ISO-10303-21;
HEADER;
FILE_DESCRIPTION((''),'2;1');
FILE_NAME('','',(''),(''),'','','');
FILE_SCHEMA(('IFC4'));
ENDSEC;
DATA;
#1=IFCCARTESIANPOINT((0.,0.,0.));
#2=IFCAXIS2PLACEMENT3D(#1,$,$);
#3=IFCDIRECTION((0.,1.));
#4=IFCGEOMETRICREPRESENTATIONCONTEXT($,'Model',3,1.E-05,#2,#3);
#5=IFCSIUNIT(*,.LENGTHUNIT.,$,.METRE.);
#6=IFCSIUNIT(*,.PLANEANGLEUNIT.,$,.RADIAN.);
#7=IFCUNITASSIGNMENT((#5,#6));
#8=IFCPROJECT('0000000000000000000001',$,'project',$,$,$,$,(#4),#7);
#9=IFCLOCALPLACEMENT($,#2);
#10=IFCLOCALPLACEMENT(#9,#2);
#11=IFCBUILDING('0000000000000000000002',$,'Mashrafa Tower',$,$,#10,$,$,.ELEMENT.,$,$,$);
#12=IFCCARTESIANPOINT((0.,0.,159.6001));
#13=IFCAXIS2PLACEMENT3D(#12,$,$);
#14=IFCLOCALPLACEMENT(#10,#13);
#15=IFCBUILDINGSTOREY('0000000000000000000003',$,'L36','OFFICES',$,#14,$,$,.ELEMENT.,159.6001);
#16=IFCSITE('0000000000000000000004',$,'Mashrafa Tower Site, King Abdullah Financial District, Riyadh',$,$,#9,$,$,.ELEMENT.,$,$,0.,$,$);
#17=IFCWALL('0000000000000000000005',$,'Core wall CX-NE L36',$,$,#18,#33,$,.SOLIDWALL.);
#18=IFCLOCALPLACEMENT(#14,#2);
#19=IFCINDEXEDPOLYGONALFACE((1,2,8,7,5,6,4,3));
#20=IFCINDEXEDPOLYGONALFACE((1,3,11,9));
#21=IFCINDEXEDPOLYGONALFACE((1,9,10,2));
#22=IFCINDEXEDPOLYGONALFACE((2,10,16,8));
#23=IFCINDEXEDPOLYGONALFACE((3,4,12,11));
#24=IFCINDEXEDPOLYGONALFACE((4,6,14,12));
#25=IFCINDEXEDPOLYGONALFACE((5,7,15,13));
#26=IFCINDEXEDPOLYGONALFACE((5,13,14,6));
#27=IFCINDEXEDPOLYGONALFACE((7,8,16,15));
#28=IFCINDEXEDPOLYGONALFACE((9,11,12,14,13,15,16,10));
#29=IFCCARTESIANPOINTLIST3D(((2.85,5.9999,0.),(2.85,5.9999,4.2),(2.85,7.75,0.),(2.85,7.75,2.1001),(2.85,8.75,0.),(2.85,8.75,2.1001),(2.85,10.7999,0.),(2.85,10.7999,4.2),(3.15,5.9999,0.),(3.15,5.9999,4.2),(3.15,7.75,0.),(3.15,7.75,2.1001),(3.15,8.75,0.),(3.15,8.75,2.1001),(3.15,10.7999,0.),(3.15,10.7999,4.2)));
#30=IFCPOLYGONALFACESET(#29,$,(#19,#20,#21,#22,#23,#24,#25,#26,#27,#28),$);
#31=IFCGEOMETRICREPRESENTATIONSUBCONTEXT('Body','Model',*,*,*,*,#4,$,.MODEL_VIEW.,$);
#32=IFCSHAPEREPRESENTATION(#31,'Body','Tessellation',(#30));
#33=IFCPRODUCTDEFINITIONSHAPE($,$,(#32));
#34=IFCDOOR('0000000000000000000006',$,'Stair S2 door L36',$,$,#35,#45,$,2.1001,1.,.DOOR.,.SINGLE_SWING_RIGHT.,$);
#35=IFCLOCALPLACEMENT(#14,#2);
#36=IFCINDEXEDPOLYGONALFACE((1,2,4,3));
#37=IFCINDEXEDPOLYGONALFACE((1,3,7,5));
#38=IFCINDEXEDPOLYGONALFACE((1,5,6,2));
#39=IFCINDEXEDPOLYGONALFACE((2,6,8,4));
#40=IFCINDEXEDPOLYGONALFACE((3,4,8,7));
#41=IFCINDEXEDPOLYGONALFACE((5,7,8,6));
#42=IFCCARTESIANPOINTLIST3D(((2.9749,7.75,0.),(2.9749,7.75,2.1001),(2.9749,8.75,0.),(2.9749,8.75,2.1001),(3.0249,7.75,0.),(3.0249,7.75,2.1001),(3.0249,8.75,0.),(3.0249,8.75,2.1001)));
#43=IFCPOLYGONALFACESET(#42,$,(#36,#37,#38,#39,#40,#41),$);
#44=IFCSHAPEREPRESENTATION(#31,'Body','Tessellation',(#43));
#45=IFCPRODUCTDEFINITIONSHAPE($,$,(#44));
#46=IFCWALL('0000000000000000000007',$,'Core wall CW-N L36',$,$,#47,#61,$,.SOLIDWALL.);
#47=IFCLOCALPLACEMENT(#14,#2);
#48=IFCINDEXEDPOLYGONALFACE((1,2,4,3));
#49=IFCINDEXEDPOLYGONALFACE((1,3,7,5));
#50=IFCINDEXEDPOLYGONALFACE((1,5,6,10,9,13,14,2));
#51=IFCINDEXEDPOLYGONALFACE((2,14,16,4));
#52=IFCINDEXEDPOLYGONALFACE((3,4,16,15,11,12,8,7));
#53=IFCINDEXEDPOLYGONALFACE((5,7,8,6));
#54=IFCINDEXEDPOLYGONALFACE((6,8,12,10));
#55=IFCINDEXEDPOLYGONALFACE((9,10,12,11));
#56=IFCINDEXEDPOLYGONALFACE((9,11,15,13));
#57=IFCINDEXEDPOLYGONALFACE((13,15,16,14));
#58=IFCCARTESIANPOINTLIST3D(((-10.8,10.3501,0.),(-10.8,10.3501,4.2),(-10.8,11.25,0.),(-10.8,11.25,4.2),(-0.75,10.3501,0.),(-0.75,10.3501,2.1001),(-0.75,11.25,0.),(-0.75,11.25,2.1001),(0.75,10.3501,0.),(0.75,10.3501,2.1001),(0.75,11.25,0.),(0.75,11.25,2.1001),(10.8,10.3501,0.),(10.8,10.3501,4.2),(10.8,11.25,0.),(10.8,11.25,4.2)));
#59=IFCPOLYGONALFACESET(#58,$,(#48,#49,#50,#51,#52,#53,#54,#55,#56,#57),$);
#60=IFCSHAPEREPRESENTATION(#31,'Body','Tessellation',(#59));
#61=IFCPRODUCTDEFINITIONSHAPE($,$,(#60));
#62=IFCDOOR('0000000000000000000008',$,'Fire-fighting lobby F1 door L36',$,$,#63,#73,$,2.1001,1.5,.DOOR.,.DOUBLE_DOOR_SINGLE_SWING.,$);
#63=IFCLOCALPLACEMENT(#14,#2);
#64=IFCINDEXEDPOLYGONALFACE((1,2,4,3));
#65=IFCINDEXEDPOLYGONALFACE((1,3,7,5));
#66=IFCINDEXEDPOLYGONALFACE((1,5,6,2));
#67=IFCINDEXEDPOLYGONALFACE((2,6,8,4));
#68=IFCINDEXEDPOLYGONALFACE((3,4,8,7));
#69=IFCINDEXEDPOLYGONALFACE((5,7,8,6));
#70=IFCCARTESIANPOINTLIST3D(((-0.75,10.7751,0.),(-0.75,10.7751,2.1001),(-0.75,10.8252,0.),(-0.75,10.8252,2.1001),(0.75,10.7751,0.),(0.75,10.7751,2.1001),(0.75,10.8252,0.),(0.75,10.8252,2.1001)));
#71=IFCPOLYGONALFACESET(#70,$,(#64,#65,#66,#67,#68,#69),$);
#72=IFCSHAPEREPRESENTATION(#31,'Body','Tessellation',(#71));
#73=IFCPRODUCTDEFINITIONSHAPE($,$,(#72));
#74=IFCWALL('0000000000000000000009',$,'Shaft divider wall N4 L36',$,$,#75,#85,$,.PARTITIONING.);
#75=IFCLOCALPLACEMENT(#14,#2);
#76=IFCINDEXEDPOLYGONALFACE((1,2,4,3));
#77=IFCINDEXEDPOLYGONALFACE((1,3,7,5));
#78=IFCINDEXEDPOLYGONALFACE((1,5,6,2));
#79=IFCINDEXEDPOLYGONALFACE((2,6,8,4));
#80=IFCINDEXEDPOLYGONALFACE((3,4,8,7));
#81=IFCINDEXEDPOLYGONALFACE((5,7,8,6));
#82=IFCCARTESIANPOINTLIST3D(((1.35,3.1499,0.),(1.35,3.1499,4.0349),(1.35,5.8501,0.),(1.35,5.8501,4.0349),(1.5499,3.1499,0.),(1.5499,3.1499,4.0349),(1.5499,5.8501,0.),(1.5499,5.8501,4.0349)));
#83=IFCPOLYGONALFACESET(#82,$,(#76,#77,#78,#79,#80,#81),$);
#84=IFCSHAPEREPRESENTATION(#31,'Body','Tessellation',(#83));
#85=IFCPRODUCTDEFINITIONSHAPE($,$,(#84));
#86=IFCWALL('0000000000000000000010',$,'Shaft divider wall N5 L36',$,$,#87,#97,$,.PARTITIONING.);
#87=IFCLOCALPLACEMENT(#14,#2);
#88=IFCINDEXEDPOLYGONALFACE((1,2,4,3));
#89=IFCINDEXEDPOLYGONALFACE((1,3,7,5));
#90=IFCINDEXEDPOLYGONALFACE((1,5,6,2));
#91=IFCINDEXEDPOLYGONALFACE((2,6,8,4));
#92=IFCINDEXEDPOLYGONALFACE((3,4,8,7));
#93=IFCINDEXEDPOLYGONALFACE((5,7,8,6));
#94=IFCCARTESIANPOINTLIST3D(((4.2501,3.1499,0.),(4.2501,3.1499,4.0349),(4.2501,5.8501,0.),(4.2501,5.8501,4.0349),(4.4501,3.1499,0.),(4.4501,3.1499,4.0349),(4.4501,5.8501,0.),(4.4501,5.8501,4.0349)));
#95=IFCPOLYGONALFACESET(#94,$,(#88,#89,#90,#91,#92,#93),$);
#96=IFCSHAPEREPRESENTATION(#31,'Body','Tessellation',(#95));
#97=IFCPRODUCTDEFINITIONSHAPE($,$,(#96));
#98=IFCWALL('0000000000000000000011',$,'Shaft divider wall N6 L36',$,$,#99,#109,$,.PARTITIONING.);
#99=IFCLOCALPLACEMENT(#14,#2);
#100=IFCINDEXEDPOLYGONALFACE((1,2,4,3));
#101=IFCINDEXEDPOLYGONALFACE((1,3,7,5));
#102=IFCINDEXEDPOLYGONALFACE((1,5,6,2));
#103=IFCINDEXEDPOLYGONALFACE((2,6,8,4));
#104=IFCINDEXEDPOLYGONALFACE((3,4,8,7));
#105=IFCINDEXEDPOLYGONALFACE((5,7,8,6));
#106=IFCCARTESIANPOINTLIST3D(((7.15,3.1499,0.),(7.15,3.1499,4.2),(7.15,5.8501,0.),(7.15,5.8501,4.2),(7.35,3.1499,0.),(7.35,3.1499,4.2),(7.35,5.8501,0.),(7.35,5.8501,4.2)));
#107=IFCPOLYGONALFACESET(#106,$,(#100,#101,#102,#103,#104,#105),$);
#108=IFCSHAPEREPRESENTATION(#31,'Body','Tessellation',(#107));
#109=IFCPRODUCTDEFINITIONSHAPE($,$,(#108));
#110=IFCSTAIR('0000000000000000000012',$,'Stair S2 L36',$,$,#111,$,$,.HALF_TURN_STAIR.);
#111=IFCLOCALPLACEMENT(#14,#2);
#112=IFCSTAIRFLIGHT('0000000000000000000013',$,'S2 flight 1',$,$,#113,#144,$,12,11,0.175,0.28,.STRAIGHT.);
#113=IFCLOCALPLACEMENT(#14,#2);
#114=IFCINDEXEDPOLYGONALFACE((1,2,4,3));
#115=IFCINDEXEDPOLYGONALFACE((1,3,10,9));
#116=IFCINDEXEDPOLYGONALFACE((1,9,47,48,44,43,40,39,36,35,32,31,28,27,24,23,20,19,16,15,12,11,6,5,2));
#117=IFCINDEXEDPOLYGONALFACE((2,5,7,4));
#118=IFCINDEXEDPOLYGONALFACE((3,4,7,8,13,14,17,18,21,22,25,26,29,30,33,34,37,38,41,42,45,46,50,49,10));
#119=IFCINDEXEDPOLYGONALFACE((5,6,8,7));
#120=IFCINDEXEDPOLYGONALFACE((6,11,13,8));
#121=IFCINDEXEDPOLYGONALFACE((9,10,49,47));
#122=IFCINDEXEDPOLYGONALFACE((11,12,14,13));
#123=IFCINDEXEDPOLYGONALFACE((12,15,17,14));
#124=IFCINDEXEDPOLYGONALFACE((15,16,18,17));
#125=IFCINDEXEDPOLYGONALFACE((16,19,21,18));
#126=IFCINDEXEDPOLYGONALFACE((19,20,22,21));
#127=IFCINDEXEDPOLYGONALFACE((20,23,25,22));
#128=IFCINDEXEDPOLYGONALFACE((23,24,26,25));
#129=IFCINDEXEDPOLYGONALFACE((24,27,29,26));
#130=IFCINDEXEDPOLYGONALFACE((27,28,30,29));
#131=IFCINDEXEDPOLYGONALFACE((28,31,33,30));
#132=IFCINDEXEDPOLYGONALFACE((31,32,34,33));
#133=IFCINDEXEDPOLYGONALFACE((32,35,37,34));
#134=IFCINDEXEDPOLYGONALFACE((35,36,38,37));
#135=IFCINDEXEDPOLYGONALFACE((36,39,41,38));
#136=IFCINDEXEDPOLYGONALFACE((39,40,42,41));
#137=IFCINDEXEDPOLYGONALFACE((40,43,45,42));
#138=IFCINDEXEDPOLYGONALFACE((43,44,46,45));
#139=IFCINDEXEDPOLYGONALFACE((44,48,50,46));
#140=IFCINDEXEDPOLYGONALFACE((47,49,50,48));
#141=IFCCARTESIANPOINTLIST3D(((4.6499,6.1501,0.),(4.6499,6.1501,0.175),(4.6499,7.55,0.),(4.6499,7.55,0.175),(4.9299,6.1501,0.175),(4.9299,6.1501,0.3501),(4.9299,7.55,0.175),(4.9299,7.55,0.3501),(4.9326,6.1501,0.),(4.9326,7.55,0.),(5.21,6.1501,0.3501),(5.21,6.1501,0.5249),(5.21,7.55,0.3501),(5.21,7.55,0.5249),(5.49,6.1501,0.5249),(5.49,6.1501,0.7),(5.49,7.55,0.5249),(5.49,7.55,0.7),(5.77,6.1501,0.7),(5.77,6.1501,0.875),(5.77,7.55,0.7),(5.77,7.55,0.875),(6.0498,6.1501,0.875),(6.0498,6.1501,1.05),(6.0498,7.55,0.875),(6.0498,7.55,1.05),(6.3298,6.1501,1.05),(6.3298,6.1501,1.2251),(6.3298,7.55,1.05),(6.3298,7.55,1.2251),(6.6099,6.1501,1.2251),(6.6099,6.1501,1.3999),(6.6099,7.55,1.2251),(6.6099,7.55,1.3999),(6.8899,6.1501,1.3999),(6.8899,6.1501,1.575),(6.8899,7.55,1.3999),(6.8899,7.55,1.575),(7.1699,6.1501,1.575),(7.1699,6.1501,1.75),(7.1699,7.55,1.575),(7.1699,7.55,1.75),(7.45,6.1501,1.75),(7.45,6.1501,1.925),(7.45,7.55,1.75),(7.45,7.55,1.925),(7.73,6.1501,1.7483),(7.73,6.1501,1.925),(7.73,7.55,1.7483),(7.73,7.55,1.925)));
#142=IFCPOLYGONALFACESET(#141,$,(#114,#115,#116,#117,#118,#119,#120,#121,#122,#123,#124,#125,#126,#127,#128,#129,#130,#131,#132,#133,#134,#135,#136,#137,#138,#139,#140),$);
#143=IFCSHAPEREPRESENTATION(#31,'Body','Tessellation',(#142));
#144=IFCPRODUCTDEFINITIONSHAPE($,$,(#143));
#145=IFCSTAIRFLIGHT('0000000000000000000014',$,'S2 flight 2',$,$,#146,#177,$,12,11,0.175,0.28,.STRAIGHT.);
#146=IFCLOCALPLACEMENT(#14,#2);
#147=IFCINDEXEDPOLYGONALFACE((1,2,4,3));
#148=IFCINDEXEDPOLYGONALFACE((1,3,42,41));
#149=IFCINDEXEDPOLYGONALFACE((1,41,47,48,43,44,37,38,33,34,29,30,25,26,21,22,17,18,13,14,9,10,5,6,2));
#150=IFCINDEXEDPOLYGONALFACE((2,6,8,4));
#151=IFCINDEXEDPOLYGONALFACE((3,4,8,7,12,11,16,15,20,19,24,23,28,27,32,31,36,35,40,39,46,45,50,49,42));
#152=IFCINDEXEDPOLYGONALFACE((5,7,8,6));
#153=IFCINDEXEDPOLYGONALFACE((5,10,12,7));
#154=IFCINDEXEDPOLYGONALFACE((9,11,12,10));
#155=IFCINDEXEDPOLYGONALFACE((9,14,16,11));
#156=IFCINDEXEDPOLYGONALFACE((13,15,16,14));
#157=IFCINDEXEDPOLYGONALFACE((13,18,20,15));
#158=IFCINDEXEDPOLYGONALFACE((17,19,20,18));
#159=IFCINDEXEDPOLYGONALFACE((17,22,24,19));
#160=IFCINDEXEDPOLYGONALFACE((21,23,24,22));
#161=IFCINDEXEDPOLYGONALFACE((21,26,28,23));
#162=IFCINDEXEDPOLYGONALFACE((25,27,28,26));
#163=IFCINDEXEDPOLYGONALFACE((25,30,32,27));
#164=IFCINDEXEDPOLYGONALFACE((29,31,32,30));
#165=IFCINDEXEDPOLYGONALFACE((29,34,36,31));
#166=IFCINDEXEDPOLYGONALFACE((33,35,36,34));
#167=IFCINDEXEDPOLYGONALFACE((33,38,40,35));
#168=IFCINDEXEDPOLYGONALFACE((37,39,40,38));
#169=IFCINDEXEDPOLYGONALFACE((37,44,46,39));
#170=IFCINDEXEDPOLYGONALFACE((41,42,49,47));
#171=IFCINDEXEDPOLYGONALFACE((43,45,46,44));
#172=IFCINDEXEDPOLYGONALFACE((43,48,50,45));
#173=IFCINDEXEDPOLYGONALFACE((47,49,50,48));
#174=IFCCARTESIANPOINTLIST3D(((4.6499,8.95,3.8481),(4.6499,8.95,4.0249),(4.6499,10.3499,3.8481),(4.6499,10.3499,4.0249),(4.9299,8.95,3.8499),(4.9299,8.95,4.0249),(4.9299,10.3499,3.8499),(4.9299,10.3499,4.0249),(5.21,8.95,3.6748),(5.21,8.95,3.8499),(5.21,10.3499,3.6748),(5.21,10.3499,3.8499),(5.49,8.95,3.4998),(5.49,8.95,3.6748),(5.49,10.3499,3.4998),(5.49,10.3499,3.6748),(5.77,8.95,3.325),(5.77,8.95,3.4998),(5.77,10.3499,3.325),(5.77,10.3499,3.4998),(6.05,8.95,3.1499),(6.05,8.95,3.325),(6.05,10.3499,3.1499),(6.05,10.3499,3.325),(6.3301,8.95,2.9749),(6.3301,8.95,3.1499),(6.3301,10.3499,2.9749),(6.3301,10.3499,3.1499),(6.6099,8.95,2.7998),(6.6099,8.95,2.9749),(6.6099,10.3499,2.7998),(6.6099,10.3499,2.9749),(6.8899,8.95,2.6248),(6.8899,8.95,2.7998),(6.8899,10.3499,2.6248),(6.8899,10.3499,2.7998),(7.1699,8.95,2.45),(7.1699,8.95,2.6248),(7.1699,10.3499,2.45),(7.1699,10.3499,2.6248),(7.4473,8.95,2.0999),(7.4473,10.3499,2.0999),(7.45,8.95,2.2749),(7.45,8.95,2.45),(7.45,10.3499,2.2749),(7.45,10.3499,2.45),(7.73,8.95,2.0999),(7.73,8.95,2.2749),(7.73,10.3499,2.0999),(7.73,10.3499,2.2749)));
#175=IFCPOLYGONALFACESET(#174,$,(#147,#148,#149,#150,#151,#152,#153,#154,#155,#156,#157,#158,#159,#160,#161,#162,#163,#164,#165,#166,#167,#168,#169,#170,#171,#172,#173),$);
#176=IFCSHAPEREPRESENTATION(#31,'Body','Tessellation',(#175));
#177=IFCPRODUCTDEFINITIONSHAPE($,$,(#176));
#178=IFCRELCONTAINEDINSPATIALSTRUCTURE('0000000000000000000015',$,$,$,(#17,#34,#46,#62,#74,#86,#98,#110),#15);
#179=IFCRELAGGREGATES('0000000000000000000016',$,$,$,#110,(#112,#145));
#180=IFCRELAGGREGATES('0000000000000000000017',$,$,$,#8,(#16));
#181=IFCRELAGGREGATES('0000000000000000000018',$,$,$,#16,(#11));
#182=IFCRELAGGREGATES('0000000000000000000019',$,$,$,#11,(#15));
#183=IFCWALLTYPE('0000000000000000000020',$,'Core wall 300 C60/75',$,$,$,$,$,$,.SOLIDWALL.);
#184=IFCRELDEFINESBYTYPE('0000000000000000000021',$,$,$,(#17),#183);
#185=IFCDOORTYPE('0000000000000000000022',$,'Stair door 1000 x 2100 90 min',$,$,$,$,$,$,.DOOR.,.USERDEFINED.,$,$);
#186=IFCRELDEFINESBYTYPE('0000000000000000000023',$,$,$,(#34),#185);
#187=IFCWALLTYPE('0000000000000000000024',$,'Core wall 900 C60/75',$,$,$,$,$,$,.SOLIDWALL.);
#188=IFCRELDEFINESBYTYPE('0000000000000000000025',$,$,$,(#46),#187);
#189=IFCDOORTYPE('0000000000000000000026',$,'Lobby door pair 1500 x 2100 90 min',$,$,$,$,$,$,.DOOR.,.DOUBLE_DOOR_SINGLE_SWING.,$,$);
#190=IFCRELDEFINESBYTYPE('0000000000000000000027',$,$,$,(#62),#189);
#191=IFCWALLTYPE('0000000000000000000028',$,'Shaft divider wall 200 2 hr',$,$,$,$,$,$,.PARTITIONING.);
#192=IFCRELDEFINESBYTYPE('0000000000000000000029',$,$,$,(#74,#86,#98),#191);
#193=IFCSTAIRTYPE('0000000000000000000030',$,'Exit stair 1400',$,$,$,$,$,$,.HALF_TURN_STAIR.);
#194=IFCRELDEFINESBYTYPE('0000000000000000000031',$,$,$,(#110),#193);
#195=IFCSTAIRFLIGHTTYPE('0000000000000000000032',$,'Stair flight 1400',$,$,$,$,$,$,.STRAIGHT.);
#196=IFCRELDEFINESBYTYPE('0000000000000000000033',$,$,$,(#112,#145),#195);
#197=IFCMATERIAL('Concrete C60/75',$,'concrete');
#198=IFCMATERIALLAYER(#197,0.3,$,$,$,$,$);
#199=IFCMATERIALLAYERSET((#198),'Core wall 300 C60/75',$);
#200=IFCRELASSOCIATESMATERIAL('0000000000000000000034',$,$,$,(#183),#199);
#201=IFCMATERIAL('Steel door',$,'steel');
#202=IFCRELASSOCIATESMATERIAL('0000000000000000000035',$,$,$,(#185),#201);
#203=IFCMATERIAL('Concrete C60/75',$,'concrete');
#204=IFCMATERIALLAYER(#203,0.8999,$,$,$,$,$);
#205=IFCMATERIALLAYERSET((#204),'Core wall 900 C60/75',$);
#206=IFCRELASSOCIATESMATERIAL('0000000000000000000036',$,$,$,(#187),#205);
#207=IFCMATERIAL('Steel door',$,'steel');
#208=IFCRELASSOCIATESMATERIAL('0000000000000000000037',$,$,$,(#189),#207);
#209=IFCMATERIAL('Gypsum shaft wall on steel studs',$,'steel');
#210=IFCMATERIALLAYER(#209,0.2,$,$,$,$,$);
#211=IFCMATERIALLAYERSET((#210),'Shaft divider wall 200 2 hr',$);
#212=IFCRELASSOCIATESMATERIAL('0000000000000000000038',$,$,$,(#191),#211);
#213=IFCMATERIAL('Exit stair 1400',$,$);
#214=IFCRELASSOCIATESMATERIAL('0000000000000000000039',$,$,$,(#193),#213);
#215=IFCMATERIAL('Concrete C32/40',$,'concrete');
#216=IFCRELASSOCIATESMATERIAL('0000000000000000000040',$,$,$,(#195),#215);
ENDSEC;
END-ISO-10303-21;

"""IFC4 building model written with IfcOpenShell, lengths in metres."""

from ifc_helpers import new_model, si_unit, direction, frame, frame_2d, origin, place, context, subcontext, project, spatial, polyline, rectangle, outline, extrude, material, layer, layer_set, type_object, element, fill, aggregate, save


model = new_model("IFC4")

# Units and contexts
model_context = context("Model", 3, precision=1e-05, world=origin(), true_north=direction((0.0, 1.0)))
body_context = subcontext(model_context, "Body", "Model", "MODEL_VIEW")
ifc_project = project(units=[si_unit("LENGTHUNIT", "METRE"), si_unit("PLANEANGLEUNIT", "RADIAN")], contexts=[model_context])

# Site, building, storey
site_placement = place(None, origin())
site = spatial("IfcSite", under=ifc_project, at=site_placement, Name="Mashrafa Tower Site, King Abdullah Financial District, Riyadh", CompositionType="ELEMENT", RefElevation=0.0)
building_placement = place(site_placement, origin())
building = spatial("IfcBuilding", under=site, at=building_placement, Name="Mashrafa Tower", CompositionType="ELEMENT")
storey_placement = place(building_placement, frame((0.0, 0.0, 159.6001)))
storey = spatial("IfcBuildingStorey", under=building, at=storey_placement, Name="L36", Description="OFFICES", CompositionType="ELEMENT", Elevation=159.6001)

# Walls, openings, doors
ifc_material_1 = material(Name="Concrete C60/75", Category="concrete")
ifc_layer_1 = layer(ifc_material_1, 0.3)
ifc_layer_set_1 = layer_set([ifc_layer_1], Name="Core wall 300 C60/75")
wall_type_1 = type_object("IfcWallType", Name="Core wall 300 C60/75", PredefinedType="SOLIDWALL", material=ifc_layer_set_1)
wall_1_placement = place(storey_placement, frame((3.0, 6.0, 0.0), z_axis=(0.0, 0.0, 1.0), x_axis=(0.0, 1.0, 0.0)))
wall_1 = element("IfcWall", 1, at=wall_1_placement, inside=storey, type_object=wall_type_1, Name="Core wall CX-NE L36", PredefinedType="SOLIDWALL", context=body_context, shape_type="SweptSolid", body=[
    extrude(rectangle(XDim=4.8, YDim=0.3, at=frame_2d((2.3999, 0.0))), origin(), (0.0, 0.0, 1.0), 4.2),
])
opening_1_placement = place(wall_1_placement, frame((1.75, 0.0, 0.0)))
opening_1 = element("IfcOpeningElement", 2, at=opening_1_placement, cuts=wall_1, PredefinedType="OPENING", context=body_context, shape_type="SweptSolid", body=[
    extrude(rectangle(XDim=1.0, YDim=2.1001, at=frame_2d((0.5, 1.05))), frame((0.0, 0.1599, 0.0), z_axis=(0.0, -1.0, 0.0), x_axis=(1.0, 0.0, 0.0)), (0.0, 0.0, 1.0), 0.3201),
])
ifc_material_2 = material(Name="Steel door", Category="steel")
door_type_1 = type_object("IfcDoorType", Name="Stair door 1000 x 2100 90 min", OperationType="USERDEFINED", PredefinedType="DOOR", material=ifc_material_2)
door_1_placement = place(opening_1_placement, frame((1.0, 0.0, 0.0), z_axis=(0.0, 0.0, 1.0), x_axis=(-1.0, 0.0, 0.0)))
door_1 = element("IfcDoor", 3, at=door_1_placement, inside=storey, type_object=door_type_1, Name="Stair S2 door L36", OperationType="SINGLE_SWING_RIGHT", OverallHeight=2.1001, OverallWidth=1.0, PredefinedType="DOOR", context=body_context, shape_type="SweptSolid", body=[
    extrude(rectangle(XDim=1.0, YDim=2.1001, at=frame_2d((0.5, 1.05))), frame((0.0, 0.0249, 0.0), z_axis=(0.0, -1.0, 0.0), x_axis=(1.0, 0.0, 0.0)), (0.0, 0.0, 1.0), 0.05),
])
fill(opening_1, door_1)
ifc_material_3 = material(Name="Concrete C60/75", Category="concrete")
ifc_layer_2 = layer(ifc_material_3, 0.8999)
ifc_layer_set_2 = layer_set([ifc_layer_2], Name="Core wall 900 C60/75")
wall_type_2 = type_object("IfcWallType", Name="Core wall 900 C60/75", PredefinedType="SOLIDWALL", material=ifc_layer_set_2)
wall_2_placement = place(storey_placement, frame((10.8, 10.8, 0.0), z_axis=(0.0, 0.0, 1.0), x_axis=(-1.0, 0.0, 0.0)))
wall_2 = element("IfcWall", 4, at=wall_2_placement, inside=storey, type_object=wall_type_2, Name="Core wall CW-N L36", PredefinedType="SOLIDWALL", context=body_context, shape_type="SweptSolid", body=[
    extrude(rectangle(XDim=21.6001, YDim=0.8999, at=frame_2d((10.8, 0.0))), origin(), (0.0, 0.0, 1.0), 4.2),
])
opening_2_placement = place(wall_2_placement, frame((10.05, 0.0, 0.0)))
opening_2 = element("IfcOpeningElement", 5, at=opening_2_placement, cuts=wall_2, PredefinedType="OPENING", context=body_context, shape_type="SweptSolid", body=[
    extrude(rectangle(XDim=1.5, YDim=2.1001, at=frame_2d((0.75, 1.05))), frame((0.0, 0.46, 0.0), z_axis=(0.0, -1.0, 0.0), x_axis=(1.0, 0.0, 0.0)), (0.0, 0.0, 1.0), 0.9199),
])
ifc_material_4 = material(Name="Steel door", Category="steel")
door_type_2 = type_object("IfcDoorType", Name="Lobby door pair 1500 x 2100 90 min", OperationType="DOUBLE_DOOR_SINGLE_SWING", PredefinedType="DOOR", material=ifc_material_4)
door_2_placement = place(opening_2_placement, origin())
door_2 = element("IfcDoor", 6, at=door_2_placement, inside=storey, type_object=door_type_2, Name="Fire-fighting lobby F1 door L36", OperationType="DOUBLE_DOOR_SINGLE_SWING", OverallHeight=2.1001, OverallWidth=1.5, PredefinedType="DOOR", context=body_context, shape_type="SweptSolid", body=[
    extrude(rectangle(XDim=1.5, YDim=2.1001, at=frame_2d((0.75, 1.05))), frame((0.0, 0.0249, 0.0), z_axis=(0.0, -1.0, 0.0), x_axis=(1.0, 0.0, 0.0)), (0.0, 0.0, 1.0), 0.05),
])
fill(opening_2, door_2)

# Walls
ifc_material_5 = material(Name="Gypsum shaft wall on steel studs", Category="steel")
ifc_layer_3 = layer(ifc_material_5, 0.2)
ifc_layer_set_3 = layer_set([ifc_layer_3], Name="Shaft divider wall 200 2 hr")
wall_type_3 = type_object("IfcWallType", Name="Shaft divider wall 200 2 hr", PredefinedType="PARTITIONING", material=ifc_layer_set_3)
for number, where, z_axis, x_axis, name in (
    (7, (1.45, 3.1499, 0.0), (0.0, 0.0, 1.0), (0.0, 1.0, 0.0), "Shaft divider wall N4 L36"),
    (8, (4.3501, 3.1499, 0.0), (0.0, 0.0, 1.0), (0.0, 1.0, 0.0), "Shaft divider wall N5 L36"),
):
    element("IfcWall", number, at=place(storey_placement, frame(where, z_axis=z_axis, x_axis=x_axis)), inside=storey, type_object=wall_type_3, Name=name, PredefinedType="PARTITIONING", context=body_context, shape_type="SweptSolid", body=[
        extrude(rectangle(XDim=2.7002, YDim=0.2, at=frame_2d((1.3501, 0.0))), origin(), (0.0, 0.0, 1.0), 4.0349),
    ])
wall_3_placement = place(storey_placement, frame((7.25, 3.1499, 0.0), z_axis=(0.0, 0.0, 1.0), x_axis=(0.0, 1.0, 0.0)))
element("IfcWall", 9, at=wall_3_placement, inside=storey, type_object=wall_type_3, Name="Shaft divider wall N6 L36", PredefinedType="PARTITIONING", context=body_context, shape_type="SweptSolid", body=[
    extrude(rectangle(XDim=2.7002, YDim=0.2, at=frame_2d((1.3501, 0.0))), origin(), (0.0, 0.0, 1.0), 4.2),
])

# Stair, stair flights
ifc_material_6 = material(Name="Exit stair 1400")
stair_type = type_object("IfcStairType", Name="Exit stair 1400", PredefinedType="HALF_TURN_STAIR", material=ifc_material_6)
stair_placement = place(storey_placement, origin())
stair = element("IfcStair", 10, at=stair_placement, inside=storey, type_object=stair_type, Name="Stair S2 L36", PredefinedType="HALF_TURN_STAIR")
ifc_material_7 = material(Name="Concrete C32/40", Category="concrete")
stair_flight_type = type_object("IfcStairFlightType", Name="Stair flight 1400", PredefinedType="STRAIGHT", material=ifc_material_7)
stair_flight_1_placement = place(storey_placement, frame((4.6499, 6.8501, 0.0), z_axis=(0.0, 0.0, 1.0), x_axis=(1.0, 0.0, 0.0)))
stair_flight_1 = element("IfcStairFlight", 11, at=stair_flight_1_placement, type_object=stair_flight_type, Name="S2 flight 1", NumberOfRisers=12, NumberOfTreads=11, PredefinedType="STRAIGHT", RiserHeight=0.175, TreadLength=0.28, context=body_context, shape_type="SweptSolid", body=[
    extrude(outline(polyline([(0.0, 0.0), (0.0, 0.175), (0.28, 0.175), (0.28, 0.3501), (0.5601, 0.3501), (0.5601, 0.5249), (0.8401, 0.5249), (0.8401, 0.7), (1.1201, 0.7), (1.1201, 0.875), (1.3999, 0.875), (1.3999, 1.05), (1.6799, 1.05), (1.6799, 1.2251), (1.96, 1.2251), (1.96, 1.3999), (2.24, 1.3999), (2.24, 1.575), (2.52, 1.575), (2.52, 1.75), (2.8, 1.75), (2.8, 1.925), (3.0801, 1.925), (3.0801, 2.1001), (3.0801, 1.7483), (0.2827, 0.0), (0.0, 0.0)])), frame((0.0, 0.7, 0.0), z_axis=(0.0, -1.0, 0.0), x_axis=(1.0, 0.0, 0.0)), (0.0, 0.0, 1.0), 1.3999),
])
stair_flight_2_placement = place(storey_placement, frame((7.73, 9.6499, 2.0999), z_axis=(0.0, 0.0, 1.0), x_axis=(-1.0, 0.0, 0.0)))
stair_flight_2 = element("IfcStairFlight", 12, at=stair_flight_2_placement, type_object=stair_flight_type, Name="S2 flight 2", NumberOfRisers=12, NumberOfTreads=11, PredefinedType="STRAIGHT", RiserHeight=0.175, TreadLength=0.28, context=body_context, shape_type="SweptSolid", body=[
    extrude(outline(polyline([(0.0, 0.0), (0.0, 0.175), (0.28, 0.175), (0.28, 0.3501), (0.5601, 0.3501), (0.5601, 0.5249), (0.8401, 0.5249), (0.8401, 0.7), (1.1201, 0.7), (1.1201, 0.875), (1.3999, 0.875), (1.3999, 1.05), (1.6799, 1.05), (1.6799, 1.2251), (1.96, 1.2251), (1.96, 1.3999), (2.24, 1.3999), (2.24, 1.575), (2.52, 1.575), (2.52, 1.75), (2.8, 1.75), (2.8, 1.925), (3.0801, 1.925), (3.0801, 2.1001), (3.0801, 1.7483), (0.2827, 0.0), (0.0, 0.0)])), frame((0.0, 0.7, 0.0), z_axis=(0.0, -1.0, 0.0), x_axis=(1.0, 0.0, 0.0)), (0.0, 0.0, 1.0), 1.3999),
])
aggregate(stair, [stair_flight_1, stair_flight_2])

save(model, "model.ifc")
